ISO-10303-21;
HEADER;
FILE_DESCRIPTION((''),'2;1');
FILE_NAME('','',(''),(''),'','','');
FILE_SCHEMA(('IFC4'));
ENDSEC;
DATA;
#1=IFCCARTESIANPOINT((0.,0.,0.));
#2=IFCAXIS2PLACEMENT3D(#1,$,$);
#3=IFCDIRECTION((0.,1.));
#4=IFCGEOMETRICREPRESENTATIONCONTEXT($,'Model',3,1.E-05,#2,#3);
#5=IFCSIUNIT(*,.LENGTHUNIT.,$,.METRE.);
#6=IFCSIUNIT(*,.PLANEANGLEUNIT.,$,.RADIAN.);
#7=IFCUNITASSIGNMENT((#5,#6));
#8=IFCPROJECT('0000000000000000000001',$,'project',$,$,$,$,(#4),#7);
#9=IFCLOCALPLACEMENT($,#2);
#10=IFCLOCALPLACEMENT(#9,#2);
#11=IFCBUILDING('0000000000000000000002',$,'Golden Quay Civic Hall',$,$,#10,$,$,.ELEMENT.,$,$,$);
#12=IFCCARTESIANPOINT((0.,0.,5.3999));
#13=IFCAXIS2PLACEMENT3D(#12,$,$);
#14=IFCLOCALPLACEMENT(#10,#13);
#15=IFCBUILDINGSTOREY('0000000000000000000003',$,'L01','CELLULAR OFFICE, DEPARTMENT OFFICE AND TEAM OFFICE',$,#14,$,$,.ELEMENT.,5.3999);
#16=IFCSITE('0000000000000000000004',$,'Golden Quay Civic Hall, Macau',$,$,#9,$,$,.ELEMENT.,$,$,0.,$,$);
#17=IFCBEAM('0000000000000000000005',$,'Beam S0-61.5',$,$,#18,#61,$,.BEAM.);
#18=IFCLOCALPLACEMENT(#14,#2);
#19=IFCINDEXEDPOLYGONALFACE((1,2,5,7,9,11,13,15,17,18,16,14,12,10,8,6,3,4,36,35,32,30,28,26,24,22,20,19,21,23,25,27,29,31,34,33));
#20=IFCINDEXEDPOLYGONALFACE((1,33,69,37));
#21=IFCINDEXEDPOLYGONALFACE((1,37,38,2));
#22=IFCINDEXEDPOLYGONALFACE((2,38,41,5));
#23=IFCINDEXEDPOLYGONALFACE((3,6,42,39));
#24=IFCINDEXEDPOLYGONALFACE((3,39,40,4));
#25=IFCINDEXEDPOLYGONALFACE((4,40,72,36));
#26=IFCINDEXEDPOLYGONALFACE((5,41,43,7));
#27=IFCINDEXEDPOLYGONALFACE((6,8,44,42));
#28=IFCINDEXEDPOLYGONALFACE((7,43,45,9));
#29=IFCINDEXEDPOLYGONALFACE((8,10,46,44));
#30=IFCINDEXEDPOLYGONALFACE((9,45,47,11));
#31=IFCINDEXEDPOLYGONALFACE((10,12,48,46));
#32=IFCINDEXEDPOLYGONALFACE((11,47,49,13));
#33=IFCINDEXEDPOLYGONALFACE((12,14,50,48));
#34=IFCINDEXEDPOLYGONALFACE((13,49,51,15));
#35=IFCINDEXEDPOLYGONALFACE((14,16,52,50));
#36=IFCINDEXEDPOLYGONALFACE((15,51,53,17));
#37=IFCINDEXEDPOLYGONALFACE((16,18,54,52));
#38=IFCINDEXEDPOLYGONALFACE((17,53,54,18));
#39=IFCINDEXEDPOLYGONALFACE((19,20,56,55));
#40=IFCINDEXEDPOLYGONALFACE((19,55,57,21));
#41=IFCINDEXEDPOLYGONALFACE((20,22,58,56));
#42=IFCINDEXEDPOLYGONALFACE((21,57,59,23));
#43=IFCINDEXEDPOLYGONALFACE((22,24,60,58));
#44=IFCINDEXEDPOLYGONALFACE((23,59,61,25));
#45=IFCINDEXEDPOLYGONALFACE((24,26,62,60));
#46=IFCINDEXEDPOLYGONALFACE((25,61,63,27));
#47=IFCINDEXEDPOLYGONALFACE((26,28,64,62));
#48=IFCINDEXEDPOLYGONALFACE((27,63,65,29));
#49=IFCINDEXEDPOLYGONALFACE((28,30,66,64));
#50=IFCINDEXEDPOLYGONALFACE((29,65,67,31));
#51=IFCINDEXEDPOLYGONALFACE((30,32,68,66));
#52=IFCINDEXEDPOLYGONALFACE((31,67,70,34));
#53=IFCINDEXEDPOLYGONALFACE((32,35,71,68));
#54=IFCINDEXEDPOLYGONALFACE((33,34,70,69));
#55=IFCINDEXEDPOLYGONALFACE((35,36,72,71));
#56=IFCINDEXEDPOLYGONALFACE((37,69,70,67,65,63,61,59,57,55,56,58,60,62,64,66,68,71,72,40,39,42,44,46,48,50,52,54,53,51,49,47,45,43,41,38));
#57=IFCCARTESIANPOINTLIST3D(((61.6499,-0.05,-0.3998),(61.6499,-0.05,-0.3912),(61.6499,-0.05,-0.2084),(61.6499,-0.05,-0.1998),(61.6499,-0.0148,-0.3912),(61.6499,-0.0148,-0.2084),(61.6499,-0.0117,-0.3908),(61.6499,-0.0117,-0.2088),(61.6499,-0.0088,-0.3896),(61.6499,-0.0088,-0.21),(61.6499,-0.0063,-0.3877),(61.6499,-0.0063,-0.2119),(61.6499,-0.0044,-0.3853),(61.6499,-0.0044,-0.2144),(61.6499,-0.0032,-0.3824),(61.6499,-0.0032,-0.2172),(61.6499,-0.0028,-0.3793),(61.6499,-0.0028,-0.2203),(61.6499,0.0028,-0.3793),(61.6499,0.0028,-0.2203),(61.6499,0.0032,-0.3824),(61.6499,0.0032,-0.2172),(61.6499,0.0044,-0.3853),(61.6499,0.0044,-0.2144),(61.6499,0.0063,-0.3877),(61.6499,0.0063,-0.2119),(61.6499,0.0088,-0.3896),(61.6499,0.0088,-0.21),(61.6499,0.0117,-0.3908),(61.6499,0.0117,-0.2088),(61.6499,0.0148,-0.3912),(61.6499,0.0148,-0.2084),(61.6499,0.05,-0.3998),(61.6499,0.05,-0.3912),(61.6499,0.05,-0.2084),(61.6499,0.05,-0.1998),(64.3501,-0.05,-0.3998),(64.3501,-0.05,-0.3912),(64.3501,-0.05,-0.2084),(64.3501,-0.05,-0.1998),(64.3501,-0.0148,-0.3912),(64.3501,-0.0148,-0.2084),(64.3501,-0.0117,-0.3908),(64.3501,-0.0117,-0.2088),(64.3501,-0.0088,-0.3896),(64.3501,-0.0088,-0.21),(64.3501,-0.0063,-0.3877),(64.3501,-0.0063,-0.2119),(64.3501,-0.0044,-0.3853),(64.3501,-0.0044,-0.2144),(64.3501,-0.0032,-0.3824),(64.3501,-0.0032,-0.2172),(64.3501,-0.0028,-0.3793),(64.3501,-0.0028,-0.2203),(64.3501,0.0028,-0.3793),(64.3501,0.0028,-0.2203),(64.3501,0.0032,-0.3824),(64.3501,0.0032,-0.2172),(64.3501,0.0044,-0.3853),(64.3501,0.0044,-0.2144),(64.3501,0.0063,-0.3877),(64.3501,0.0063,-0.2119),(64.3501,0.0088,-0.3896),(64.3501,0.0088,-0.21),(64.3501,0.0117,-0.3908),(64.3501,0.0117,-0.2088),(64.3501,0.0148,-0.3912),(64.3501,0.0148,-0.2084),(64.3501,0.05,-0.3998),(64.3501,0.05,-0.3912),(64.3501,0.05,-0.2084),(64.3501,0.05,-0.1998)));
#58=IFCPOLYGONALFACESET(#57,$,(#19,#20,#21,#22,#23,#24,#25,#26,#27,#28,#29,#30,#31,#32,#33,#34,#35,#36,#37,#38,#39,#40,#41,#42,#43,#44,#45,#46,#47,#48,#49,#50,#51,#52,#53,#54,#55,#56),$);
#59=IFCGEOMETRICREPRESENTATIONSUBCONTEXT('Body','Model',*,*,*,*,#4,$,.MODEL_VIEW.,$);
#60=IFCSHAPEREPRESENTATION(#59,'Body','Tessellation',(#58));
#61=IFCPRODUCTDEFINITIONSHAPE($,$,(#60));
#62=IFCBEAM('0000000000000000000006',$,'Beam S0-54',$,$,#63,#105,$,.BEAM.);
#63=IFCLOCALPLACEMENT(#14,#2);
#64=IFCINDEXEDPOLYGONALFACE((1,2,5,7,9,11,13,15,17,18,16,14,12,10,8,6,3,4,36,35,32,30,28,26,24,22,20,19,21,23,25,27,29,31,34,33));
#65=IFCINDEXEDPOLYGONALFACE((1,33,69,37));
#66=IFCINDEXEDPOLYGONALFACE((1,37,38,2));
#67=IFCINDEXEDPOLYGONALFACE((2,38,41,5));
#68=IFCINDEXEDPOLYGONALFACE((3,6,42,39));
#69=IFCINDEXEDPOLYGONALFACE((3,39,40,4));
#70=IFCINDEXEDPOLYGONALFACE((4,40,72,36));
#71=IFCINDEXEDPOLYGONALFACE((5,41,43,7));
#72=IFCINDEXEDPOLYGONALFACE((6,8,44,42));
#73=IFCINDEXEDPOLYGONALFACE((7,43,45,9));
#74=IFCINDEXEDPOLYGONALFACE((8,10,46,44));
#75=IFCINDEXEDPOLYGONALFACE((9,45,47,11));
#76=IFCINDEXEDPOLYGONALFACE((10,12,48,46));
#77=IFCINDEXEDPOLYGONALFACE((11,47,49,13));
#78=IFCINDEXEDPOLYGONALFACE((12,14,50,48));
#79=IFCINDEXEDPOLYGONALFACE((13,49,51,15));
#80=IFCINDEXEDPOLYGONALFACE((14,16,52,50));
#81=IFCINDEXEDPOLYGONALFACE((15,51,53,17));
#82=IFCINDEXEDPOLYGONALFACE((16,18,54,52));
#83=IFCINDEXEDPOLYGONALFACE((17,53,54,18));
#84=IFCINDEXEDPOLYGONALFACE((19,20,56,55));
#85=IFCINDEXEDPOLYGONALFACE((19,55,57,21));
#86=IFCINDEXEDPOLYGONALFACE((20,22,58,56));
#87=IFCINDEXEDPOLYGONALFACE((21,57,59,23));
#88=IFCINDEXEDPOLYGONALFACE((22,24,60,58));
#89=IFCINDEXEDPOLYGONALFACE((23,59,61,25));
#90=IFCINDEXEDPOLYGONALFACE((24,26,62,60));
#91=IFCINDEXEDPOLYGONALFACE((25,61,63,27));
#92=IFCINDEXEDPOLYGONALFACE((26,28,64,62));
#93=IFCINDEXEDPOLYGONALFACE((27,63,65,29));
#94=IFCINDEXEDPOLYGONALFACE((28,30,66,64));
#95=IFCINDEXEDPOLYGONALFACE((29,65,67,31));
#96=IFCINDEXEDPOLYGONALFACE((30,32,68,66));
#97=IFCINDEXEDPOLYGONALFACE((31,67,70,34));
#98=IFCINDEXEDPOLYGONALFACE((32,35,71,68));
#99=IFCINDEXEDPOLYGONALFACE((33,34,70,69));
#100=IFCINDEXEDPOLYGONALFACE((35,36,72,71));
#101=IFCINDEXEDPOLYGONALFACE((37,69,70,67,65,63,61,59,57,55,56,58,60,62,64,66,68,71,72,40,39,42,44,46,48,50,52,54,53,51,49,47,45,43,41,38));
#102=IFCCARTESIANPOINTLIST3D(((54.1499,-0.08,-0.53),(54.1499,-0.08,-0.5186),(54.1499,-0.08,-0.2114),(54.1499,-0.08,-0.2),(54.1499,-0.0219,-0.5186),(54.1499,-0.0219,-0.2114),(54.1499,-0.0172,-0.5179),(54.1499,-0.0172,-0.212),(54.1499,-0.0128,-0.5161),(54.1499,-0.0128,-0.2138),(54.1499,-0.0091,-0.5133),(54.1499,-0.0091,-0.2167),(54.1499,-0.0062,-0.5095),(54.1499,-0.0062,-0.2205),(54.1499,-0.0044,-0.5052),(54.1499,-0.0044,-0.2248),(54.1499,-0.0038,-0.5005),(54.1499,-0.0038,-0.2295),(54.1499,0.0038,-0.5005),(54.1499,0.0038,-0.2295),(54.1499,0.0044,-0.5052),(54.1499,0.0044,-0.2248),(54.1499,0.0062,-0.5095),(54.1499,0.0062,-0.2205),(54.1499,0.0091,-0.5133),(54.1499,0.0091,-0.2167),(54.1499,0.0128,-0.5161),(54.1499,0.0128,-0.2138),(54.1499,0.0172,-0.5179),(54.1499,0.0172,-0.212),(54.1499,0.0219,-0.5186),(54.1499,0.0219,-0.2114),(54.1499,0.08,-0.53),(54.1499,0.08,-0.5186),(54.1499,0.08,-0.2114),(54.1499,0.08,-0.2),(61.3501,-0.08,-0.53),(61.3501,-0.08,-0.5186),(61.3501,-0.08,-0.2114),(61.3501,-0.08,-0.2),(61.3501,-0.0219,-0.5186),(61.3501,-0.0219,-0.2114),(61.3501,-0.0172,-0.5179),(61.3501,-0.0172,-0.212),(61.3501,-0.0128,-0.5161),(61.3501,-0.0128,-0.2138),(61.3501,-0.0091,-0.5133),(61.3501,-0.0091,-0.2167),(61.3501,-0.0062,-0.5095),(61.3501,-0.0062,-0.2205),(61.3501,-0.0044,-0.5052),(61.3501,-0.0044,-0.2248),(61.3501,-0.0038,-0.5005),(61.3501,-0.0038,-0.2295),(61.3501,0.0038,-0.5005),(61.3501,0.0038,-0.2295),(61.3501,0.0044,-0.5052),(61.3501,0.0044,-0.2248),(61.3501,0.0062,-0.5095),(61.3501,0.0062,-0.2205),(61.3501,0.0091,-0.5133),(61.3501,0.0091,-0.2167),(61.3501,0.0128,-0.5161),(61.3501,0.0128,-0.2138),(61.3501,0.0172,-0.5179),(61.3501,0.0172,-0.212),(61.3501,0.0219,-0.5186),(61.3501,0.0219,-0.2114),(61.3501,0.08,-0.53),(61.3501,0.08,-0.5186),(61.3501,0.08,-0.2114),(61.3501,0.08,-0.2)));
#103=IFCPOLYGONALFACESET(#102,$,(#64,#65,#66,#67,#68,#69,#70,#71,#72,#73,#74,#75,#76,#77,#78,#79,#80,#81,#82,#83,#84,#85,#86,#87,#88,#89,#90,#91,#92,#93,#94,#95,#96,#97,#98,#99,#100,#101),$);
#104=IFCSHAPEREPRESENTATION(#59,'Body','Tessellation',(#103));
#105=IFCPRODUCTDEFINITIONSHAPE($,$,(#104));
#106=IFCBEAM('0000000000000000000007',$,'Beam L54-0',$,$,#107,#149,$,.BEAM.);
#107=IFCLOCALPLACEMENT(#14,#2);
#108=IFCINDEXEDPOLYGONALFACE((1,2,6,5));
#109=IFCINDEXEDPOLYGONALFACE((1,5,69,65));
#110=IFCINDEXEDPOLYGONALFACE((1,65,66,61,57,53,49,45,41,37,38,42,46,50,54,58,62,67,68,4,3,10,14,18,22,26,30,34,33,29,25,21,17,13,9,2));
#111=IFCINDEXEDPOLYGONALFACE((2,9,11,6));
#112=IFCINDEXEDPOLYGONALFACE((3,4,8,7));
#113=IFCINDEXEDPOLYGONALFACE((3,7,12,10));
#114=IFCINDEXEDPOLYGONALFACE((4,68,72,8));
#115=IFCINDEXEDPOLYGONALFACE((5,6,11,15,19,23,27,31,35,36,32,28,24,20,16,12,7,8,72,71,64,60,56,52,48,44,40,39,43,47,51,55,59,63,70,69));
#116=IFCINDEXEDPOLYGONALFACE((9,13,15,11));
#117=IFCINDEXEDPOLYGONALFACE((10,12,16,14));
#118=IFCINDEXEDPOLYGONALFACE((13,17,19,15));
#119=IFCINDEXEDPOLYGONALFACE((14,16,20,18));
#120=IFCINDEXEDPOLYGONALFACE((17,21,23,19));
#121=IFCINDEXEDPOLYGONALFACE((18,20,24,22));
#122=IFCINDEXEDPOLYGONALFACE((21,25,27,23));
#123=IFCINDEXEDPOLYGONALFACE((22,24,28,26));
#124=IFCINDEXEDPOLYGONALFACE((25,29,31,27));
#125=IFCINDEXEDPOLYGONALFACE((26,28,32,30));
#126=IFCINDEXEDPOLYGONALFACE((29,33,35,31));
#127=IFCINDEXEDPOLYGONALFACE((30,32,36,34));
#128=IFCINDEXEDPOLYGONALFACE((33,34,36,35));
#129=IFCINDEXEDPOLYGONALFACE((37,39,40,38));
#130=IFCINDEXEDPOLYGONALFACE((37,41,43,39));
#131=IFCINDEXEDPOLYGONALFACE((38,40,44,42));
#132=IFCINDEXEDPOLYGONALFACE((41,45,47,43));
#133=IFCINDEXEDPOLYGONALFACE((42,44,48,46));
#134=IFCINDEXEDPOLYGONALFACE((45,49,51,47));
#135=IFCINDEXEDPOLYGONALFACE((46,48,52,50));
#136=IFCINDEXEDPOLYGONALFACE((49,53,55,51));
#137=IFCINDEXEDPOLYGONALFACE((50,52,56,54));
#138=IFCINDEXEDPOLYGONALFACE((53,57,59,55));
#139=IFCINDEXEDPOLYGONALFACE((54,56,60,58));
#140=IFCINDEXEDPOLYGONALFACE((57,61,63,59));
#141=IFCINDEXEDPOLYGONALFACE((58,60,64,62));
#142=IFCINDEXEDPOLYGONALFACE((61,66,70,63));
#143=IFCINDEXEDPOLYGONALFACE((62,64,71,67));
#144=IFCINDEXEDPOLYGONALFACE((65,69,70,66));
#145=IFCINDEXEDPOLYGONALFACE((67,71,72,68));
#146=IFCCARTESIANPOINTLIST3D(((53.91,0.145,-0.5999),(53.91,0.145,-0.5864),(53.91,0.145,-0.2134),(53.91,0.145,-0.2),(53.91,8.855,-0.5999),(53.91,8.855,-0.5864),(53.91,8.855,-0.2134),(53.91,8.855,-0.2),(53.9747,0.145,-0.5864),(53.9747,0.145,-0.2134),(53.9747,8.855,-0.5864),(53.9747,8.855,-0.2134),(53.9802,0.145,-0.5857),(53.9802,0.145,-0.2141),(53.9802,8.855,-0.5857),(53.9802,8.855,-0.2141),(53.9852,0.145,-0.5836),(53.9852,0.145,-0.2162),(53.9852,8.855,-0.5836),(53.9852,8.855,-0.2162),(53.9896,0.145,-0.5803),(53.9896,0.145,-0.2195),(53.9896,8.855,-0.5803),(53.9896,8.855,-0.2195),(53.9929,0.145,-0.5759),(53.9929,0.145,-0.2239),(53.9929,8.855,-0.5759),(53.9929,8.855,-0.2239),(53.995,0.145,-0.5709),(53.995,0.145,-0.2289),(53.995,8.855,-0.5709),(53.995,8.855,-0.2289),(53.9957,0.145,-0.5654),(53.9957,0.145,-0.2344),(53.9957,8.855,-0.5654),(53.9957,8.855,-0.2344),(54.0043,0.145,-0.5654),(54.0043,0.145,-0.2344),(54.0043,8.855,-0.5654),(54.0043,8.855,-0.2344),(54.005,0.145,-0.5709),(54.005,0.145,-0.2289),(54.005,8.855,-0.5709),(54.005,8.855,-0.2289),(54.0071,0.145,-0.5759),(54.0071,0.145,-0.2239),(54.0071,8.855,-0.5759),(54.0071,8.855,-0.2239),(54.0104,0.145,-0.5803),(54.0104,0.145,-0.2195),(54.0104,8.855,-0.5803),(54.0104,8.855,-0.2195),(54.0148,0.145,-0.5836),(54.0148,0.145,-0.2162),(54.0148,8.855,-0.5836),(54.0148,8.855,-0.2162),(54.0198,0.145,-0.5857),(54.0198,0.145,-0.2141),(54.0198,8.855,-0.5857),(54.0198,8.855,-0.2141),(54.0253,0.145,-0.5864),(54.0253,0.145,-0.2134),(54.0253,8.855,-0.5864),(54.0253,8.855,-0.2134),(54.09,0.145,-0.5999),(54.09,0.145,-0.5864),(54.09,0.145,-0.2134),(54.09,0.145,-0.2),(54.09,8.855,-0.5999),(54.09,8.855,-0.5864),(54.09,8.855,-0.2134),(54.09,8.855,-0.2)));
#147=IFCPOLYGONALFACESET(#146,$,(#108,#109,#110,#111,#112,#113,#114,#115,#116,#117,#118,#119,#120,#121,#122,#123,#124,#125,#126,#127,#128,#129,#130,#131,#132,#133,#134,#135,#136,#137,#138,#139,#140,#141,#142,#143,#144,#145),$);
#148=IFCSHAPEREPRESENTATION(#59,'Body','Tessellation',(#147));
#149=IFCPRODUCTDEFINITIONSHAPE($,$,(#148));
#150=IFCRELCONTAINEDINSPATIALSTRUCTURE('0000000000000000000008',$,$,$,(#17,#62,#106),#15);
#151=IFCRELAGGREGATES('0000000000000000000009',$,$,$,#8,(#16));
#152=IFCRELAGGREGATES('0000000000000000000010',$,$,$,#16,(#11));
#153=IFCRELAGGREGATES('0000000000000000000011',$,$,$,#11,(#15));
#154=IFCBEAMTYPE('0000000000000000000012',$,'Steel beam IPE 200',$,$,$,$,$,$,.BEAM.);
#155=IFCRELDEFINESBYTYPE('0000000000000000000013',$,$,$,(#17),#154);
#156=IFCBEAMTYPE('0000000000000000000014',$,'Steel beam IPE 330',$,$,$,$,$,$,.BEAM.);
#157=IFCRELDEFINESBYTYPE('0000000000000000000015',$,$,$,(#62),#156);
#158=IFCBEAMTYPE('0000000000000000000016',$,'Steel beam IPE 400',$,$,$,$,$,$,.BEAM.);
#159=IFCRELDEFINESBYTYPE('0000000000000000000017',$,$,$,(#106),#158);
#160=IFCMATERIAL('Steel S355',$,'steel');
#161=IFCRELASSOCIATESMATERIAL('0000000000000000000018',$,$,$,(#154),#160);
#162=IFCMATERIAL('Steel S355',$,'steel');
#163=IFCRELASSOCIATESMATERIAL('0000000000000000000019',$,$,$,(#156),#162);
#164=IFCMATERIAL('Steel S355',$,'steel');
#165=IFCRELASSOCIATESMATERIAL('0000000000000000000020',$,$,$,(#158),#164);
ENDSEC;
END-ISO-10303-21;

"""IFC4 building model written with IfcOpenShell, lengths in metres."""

from ifc_helpers import new_model, si_unit, direction, frame, origin, origin_2d, place, context, subcontext, project, spatial, i_section, extrude, material, material_profile, profile_set, type_object, element, save


model = new_model("IFC4")

# Units and contexts
model_context = context("Model", 3, precision=1e-05, world=origin(), true_north=direction((0.0, 1.0)))
body_context = subcontext(model_context, "Body", "Model", "MODEL_VIEW")
ifc_project = project(units=[si_unit("LENGTHUNIT", "METRE"), si_unit("PLANEANGLEUNIT", "RADIAN")], contexts=[model_context])

# Site, building, storey
site_placement = place(None, origin())
site = spatial("IfcSite", under=ifc_project, at=site_placement, Name="Golden Quay Civic Hall, Macau", CompositionType="ELEMENT", RefElevation=0.0)
building_placement = place(site_placement, origin())
building = spatial("IfcBuilding", under=site, at=building_placement, Name="Golden Quay Civic Hall", CompositionType="ELEMENT")
storey_placement = place(building_placement, frame((0.0, 0.0, 5.3999)))
storey = spatial("IfcBuildingStorey", under=building, at=storey_placement, Name="L01", Description="CELLULAR OFFICE, DEPARTMENT OFFICE AND TEAM OFFICE", CompositionType="ELEMENT", Elevation=5.3999)

# Beams
ifc_material_1 = material(Name="Steel S355", Category="steel")
ifc_material_profile_1 = material_profile(ifc_material_1, i_section(OverallWidth=0.1001, OverallDepth=0.2, WebThickness=0.0056, FlangeThickness=0.0085, FilletRadius=0.012, at=origin_2d()), Name="IPE 200")
ifc_profile_set_1 = profile_set([ifc_material_profile_1], Name="Steel S355")
beam_type_1 = type_object("IfcBeamType", Name="Steel beam IPE 200", PredefinedType="BEAM", material=ifc_profile_set_1)
beam_1_placement = place(storey_placement, frame((61.6499, 0.0, -0.2998), z_axis=(1.0, 0.0, 0.0), x_axis=(0.0, 1.0, 0.0)))
element("IfcBeam", 1, at=beam_1_placement, inside=storey, type_object=beam_type_1, Name="Beam S0-61.5", PredefinedType="BEAM", context=body_context, shape_type="SweptSolid", body=[
    extrude(i_section(OverallWidth=0.1001, OverallDepth=0.2, WebThickness=0.0056, FlangeThickness=0.0085, FilletRadius=0.012, at=origin_2d()), origin(), (0.0, 0.0, 1.0), 2.7002),
])
ifc_material_2 = material(Name="Steel S355", Category="steel")
ifc_material_profile_2 = material_profile(ifc_material_2, i_section(OverallWidth=0.1599, OverallDepth=0.3301, WebThickness=0.0076, FlangeThickness=0.0115, FilletRadius=0.0181, at=origin_2d()), Name="IPE 330")
ifc_profile_set_2 = profile_set([ifc_material_profile_2], Name="Steel S355")
beam_type_2 = type_object("IfcBeamType", Name="Steel beam IPE 330", PredefinedType="BEAM", material=ifc_profile_set_2)
beam_2_placement = place(storey_placement, frame((54.1499, 0.0, -0.365), z_axis=(1.0, 0.0, 0.0), x_axis=(0.0, 1.0, 0.0)))
element("IfcBeam", 2, at=beam_2_placement, inside=storey, type_object=beam_type_2, Name="Beam S0-54", PredefinedType="BEAM", context=body_context, shape_type="SweptSolid", body=[
    extrude(i_section(OverallWidth=0.1599, OverallDepth=0.3301, WebThickness=0.0076, FlangeThickness=0.0115, FilletRadius=0.0181, at=origin_2d()), origin(), (0.0, 0.0, 1.0), 7.2002),
])
ifc_material_3 = material(Name="Steel S355", Category="steel")
ifc_material_profile_3 = material_profile(ifc_material_3, i_section(OverallWidth=0.1799, OverallDepth=0.3999, WebThickness=0.0085, FlangeThickness=0.0134, FilletRadius=0.021, at=origin_2d()), Name="IPE 400")
ifc_profile_set_3 = profile_set([ifc_material_profile_3], Name="Steel S355")
beam_type_3 = type_object("IfcBeamType", Name="Steel beam IPE 400", PredefinedType="BEAM", material=ifc_profile_set_3)
beam_3_placement = place(storey_placement, frame((54.0, 0.145, -0.3999), z_axis=(0.0, 1.0, 0.0), x_axis=(-1.0, 0.0, 0.0)))
element("IfcBeam", 3, at=beam_3_placement, inside=storey, type_object=beam_type_3, Name="Beam L54-0", PredefinedType="BEAM", context=body_context, shape_type="SweptSolid", body=[
    extrude(i_section(OverallWidth=0.1799, OverallDepth=0.3999, WebThickness=0.0085, FlangeThickness=0.0134, FilletRadius=0.021, at=origin_2d()), origin(), (0.0, 0.0, 1.0), 8.71),
])

save(model, "model.ifc")
